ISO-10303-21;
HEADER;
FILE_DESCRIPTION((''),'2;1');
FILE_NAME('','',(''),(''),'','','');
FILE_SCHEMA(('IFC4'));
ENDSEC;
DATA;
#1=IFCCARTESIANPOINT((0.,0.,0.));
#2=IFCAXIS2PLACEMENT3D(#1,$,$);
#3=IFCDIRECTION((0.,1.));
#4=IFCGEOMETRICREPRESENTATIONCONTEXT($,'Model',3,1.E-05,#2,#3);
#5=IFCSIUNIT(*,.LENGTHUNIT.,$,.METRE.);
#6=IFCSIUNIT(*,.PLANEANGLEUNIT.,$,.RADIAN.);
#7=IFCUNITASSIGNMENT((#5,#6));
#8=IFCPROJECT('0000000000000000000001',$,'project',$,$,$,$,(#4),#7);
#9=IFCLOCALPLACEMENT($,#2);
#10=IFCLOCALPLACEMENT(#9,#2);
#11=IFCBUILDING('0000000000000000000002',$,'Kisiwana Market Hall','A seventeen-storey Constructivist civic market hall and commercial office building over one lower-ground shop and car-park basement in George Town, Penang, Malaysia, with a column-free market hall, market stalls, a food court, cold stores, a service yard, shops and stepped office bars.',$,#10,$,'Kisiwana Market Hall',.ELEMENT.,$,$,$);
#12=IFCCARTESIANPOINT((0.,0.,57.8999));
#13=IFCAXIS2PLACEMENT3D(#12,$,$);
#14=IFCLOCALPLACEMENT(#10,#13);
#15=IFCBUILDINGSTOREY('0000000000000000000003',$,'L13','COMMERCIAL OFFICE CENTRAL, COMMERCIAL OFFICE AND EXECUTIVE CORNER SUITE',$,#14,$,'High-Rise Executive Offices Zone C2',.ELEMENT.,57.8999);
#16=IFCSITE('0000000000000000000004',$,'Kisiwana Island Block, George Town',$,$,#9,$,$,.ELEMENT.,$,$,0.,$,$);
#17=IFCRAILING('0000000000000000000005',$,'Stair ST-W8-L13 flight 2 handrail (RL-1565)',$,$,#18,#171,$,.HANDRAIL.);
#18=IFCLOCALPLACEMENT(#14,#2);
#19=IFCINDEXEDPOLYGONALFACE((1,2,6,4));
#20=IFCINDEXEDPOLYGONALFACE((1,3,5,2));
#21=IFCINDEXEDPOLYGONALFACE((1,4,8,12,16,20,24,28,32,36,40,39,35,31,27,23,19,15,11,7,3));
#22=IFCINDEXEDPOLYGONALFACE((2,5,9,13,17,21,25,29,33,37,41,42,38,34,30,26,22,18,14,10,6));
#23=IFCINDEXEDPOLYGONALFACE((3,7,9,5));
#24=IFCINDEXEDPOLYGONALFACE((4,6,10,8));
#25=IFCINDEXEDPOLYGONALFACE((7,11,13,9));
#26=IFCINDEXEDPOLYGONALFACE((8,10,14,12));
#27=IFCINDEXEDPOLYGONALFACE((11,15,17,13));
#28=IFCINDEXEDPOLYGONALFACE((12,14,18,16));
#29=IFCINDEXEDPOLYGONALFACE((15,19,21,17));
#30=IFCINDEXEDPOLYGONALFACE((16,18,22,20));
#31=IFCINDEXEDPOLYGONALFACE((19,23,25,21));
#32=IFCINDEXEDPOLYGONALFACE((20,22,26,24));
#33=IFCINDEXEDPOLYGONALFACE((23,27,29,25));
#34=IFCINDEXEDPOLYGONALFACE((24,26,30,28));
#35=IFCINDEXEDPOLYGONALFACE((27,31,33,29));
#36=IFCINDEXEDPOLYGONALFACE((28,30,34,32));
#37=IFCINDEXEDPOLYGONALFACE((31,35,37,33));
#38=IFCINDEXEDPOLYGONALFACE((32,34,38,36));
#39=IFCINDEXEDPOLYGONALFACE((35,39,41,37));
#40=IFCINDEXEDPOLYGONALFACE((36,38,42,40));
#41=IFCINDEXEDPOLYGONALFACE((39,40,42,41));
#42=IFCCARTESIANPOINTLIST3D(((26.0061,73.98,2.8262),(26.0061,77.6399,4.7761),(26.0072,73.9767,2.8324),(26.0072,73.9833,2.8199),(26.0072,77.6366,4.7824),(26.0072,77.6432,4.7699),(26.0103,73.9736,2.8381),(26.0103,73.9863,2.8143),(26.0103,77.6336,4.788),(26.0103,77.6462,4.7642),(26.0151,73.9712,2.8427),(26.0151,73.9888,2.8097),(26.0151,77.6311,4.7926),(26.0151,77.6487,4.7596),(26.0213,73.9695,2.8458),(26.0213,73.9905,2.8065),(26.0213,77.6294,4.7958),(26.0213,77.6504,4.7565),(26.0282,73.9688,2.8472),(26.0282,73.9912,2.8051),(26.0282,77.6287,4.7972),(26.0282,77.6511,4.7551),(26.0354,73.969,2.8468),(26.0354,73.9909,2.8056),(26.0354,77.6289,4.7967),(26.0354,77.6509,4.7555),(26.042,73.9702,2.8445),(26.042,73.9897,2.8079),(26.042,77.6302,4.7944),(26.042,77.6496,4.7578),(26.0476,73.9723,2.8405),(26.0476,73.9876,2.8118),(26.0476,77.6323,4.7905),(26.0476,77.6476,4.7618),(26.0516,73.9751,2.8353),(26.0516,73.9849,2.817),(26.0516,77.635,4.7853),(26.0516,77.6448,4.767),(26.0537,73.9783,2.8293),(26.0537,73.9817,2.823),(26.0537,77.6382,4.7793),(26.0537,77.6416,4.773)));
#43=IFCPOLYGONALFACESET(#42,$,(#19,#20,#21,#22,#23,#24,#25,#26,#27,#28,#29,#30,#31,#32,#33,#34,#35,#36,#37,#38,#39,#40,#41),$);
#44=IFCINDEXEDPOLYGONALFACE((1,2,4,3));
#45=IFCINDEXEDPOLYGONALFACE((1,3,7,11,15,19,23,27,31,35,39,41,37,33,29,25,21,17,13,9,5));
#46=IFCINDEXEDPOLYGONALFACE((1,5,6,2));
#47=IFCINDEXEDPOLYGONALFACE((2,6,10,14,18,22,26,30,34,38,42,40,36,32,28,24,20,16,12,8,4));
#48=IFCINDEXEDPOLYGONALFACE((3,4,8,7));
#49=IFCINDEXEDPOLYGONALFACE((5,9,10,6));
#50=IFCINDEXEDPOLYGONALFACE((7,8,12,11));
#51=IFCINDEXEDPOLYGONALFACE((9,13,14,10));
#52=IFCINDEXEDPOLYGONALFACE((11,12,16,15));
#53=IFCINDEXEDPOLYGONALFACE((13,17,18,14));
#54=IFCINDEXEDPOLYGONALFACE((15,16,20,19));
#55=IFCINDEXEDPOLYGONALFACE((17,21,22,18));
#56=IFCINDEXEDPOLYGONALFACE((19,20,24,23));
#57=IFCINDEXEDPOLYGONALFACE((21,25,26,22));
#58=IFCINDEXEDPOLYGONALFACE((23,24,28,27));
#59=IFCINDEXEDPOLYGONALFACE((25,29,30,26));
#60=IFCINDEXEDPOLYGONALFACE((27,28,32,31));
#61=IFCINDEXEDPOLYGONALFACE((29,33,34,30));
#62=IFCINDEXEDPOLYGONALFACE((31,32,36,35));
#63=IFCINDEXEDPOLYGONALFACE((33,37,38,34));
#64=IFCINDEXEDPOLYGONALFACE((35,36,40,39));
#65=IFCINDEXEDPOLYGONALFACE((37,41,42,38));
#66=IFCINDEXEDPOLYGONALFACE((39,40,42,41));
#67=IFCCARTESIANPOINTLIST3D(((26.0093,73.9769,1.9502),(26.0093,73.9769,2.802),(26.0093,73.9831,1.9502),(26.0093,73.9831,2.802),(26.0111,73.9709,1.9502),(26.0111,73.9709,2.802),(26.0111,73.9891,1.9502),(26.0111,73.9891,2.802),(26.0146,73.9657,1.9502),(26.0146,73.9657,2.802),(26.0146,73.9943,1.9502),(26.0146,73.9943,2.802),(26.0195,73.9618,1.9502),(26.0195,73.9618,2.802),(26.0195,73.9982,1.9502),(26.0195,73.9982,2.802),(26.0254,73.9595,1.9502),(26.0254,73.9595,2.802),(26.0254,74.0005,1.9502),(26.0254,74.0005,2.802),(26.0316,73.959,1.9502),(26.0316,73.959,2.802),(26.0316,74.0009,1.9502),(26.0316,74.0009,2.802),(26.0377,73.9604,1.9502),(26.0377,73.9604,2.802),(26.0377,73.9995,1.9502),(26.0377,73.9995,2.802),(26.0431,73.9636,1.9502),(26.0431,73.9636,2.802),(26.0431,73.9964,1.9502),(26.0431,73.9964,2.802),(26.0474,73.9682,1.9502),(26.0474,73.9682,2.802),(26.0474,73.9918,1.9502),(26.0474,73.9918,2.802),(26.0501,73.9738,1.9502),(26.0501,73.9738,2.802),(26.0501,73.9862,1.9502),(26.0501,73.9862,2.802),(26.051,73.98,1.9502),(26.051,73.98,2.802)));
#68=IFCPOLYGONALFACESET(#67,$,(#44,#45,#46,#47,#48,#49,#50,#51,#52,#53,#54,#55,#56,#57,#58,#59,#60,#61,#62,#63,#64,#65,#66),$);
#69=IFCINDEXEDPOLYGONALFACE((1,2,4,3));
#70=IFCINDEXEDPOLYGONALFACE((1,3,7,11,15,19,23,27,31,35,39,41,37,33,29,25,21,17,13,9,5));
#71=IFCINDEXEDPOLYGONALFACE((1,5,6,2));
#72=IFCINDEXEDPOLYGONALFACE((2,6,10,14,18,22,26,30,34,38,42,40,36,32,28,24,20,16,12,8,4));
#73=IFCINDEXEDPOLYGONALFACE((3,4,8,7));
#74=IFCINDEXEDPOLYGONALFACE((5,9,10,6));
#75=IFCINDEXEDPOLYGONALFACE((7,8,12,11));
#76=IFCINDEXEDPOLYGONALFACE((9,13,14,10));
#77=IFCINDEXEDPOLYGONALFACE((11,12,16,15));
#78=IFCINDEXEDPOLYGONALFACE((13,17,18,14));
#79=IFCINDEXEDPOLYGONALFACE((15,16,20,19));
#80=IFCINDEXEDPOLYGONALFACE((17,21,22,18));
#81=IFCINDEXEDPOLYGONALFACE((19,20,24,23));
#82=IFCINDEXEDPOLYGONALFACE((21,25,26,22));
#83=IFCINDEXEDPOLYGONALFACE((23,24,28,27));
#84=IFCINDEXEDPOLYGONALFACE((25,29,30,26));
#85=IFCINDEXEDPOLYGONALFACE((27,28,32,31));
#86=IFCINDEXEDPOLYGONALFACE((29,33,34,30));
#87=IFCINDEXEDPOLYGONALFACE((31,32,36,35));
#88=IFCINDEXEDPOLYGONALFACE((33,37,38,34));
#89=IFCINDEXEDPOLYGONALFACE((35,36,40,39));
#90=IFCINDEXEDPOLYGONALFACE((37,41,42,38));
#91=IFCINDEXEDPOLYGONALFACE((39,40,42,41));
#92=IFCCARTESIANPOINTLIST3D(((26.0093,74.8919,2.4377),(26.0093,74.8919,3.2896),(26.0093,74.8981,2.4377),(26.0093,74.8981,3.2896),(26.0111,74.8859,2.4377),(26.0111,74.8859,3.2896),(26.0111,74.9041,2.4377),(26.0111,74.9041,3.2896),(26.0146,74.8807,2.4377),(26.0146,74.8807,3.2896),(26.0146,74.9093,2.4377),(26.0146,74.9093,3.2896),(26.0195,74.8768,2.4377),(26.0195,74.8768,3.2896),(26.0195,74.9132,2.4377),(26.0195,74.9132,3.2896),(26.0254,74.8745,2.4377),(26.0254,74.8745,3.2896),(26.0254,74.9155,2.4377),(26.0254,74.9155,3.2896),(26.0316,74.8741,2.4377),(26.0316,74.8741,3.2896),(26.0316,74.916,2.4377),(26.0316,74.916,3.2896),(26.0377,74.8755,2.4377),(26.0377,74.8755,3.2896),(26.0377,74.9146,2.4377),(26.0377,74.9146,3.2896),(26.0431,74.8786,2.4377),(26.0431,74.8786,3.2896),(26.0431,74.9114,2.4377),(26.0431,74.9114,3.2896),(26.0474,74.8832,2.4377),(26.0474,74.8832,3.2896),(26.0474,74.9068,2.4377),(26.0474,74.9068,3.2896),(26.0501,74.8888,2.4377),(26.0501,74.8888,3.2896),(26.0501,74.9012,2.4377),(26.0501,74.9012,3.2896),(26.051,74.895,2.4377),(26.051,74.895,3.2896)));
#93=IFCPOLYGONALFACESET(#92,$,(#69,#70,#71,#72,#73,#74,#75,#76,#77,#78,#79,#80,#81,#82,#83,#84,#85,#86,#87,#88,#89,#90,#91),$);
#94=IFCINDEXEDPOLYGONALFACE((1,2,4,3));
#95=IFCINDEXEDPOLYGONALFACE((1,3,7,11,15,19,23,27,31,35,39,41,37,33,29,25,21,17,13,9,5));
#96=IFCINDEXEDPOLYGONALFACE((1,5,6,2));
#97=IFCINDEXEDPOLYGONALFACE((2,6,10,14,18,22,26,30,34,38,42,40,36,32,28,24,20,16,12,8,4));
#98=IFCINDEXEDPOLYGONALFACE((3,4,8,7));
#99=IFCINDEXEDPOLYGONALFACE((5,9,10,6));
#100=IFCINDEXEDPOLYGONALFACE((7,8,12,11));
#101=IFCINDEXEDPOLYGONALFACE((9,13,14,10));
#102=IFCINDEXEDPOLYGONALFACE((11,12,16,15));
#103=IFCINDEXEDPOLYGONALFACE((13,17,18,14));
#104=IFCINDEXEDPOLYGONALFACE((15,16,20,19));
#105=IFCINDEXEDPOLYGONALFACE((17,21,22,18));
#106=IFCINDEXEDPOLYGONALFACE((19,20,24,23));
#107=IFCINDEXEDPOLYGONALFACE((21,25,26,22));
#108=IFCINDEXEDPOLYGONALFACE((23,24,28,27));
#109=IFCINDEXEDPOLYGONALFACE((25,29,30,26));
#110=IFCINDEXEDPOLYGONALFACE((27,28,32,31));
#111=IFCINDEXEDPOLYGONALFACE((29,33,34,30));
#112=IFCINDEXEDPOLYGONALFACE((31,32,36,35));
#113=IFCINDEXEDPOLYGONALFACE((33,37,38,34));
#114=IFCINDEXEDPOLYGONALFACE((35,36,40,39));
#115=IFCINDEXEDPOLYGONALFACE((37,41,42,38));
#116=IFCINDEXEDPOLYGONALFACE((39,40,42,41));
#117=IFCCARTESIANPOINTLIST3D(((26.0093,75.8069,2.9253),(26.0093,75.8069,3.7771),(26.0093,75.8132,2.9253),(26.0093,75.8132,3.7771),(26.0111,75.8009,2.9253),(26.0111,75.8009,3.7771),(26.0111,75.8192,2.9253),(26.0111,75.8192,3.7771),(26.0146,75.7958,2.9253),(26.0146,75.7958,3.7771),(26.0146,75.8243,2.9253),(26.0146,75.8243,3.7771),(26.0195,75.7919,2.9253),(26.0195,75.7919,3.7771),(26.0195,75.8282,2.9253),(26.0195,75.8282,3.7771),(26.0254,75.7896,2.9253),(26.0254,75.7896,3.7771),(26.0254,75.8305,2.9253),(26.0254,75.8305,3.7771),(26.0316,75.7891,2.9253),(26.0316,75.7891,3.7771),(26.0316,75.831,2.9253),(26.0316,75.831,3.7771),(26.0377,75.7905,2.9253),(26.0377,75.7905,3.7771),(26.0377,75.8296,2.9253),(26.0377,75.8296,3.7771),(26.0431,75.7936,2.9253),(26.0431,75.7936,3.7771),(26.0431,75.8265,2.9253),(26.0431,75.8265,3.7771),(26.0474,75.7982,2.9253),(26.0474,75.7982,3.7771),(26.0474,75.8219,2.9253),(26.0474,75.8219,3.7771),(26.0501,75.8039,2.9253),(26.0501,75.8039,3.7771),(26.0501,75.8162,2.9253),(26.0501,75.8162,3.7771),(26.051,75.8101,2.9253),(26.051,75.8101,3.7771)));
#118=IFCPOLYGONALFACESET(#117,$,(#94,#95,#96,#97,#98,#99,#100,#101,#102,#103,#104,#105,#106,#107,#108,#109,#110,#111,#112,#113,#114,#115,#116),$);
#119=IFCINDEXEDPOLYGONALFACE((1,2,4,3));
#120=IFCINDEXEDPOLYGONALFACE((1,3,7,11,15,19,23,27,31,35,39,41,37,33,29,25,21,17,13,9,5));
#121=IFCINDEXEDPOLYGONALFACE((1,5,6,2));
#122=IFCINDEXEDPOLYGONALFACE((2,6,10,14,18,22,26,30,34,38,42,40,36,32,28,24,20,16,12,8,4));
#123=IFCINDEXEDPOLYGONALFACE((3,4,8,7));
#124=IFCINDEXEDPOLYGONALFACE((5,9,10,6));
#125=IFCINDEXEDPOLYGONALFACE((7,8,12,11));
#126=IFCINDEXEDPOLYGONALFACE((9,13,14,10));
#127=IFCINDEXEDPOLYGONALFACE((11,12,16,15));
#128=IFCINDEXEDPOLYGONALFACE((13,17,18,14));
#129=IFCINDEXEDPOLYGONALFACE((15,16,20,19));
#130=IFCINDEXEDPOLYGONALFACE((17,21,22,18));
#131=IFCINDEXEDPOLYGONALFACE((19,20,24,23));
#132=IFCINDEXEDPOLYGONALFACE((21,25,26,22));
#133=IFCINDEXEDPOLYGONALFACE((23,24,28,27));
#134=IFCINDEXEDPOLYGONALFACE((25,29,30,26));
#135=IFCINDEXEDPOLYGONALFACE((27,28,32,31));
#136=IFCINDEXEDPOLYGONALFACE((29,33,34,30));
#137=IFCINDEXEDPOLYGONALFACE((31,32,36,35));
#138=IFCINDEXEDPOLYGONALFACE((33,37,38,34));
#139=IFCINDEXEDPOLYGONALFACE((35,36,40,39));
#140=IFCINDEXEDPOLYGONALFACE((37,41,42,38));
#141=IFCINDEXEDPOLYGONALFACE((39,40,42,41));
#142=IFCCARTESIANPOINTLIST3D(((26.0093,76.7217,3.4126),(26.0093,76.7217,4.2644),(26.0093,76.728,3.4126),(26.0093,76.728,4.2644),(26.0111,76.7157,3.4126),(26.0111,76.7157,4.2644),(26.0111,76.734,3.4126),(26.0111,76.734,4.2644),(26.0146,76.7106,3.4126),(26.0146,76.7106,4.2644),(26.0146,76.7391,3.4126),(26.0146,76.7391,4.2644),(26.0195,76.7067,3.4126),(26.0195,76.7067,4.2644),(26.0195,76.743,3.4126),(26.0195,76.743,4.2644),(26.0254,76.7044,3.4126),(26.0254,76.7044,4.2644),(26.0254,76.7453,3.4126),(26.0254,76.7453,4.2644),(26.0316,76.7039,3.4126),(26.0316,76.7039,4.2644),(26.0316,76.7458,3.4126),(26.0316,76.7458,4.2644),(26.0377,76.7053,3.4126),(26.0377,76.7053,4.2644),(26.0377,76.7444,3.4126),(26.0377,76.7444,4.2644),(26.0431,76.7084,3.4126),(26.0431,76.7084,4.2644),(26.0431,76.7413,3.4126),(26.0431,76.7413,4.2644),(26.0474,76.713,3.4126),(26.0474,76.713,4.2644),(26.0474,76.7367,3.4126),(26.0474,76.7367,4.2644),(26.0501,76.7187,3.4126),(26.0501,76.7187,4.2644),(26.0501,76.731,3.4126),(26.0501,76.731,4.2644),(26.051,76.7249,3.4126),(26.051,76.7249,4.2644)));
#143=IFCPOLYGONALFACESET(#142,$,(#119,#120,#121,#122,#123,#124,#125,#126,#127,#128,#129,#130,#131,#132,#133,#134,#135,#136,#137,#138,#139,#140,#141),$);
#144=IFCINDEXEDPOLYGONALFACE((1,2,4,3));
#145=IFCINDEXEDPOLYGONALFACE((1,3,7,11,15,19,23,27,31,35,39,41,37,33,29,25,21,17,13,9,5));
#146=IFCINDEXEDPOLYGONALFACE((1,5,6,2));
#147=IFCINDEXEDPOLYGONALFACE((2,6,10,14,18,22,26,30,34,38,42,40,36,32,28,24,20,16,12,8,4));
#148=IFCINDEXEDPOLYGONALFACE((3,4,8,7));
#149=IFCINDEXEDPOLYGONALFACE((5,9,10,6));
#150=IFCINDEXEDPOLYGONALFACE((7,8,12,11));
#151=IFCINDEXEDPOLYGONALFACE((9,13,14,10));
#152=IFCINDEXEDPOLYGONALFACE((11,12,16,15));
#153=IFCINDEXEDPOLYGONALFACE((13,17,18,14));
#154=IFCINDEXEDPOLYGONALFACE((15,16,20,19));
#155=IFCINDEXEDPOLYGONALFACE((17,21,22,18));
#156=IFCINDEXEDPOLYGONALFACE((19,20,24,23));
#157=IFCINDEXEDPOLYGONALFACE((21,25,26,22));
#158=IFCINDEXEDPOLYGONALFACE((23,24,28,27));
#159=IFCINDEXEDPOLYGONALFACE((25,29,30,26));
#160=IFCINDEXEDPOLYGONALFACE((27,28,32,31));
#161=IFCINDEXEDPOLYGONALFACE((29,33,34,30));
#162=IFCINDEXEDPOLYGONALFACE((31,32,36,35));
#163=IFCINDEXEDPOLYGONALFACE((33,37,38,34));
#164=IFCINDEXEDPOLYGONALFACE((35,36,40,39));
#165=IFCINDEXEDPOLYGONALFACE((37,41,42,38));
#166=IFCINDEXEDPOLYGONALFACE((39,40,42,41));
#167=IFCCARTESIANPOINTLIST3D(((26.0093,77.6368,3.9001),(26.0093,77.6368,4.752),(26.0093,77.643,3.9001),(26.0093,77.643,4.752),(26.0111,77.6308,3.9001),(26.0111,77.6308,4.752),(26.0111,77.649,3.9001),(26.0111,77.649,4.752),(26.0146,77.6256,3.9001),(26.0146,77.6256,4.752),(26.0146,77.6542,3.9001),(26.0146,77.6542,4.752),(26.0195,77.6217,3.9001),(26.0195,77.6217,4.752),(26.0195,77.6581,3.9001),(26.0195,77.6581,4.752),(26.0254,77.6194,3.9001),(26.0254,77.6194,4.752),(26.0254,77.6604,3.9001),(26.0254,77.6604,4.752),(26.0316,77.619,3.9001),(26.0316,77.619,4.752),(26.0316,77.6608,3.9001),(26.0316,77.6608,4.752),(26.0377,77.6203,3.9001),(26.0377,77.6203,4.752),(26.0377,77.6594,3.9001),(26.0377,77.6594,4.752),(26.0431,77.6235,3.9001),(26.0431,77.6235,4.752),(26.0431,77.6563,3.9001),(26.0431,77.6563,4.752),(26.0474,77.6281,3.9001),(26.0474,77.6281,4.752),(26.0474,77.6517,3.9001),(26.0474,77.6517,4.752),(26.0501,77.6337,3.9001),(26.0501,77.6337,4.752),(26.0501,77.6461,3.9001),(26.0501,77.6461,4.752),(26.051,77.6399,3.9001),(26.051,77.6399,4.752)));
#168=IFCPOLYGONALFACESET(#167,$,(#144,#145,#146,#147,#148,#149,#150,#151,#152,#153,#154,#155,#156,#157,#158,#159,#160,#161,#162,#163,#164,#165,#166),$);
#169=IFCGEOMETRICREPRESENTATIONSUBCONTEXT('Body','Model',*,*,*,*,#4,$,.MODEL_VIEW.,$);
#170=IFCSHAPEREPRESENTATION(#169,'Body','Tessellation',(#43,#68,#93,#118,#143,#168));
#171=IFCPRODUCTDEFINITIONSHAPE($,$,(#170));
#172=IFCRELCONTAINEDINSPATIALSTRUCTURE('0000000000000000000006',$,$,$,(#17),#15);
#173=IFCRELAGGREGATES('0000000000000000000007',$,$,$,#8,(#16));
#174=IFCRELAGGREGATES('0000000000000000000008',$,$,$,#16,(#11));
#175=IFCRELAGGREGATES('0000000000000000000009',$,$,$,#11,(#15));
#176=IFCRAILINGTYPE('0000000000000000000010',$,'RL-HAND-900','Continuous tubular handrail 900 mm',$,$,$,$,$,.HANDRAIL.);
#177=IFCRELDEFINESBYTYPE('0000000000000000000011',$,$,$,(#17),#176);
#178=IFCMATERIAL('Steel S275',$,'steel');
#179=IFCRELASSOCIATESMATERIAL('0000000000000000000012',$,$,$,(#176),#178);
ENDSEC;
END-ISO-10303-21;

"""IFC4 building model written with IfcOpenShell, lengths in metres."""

from ifc_helpers import new_model, si_unit, direction, frame, origin, origin_2d, place, context, subcontext, project, spatial, circle, extrude, material, type_object, element, save


model = new_model("IFC4")

# Units and contexts
model_context = context("Model", 3, precision=1e-05, world=origin(), true_north=direction((0.0, 1.0)))
body_context = subcontext(model_context, "Body", "Model", "MODEL_VIEW")
ifc_project = project(units=[si_unit("LENGTHUNIT", "METRE"), si_unit("PLANEANGLEUNIT", "RADIAN")], contexts=[model_context])

# Site, building, storey
site_placement = place(None, origin())
site = spatial("IfcSite", under=ifc_project, at=site_placement, Name="Kisiwana Island Block, George Town", CompositionType="ELEMENT", RefElevation=0.0)
building_placement = place(site_placement, origin())
building = spatial("IfcBuilding", under=site, at=building_placement, Name="Kisiwana Market Hall", Description="A seventeen-storey Constructivist civic market hall and commercial office building over one lower-ground shop and car-park basement in George Town, Penang, Malaysia, with a column-free market hall, market stalls, a food court, cold stores, a service yard, shops and stepped office bars.", LongName="Kisiwana Market Hall", CompositionType="ELEMENT")
storey_placement = place(building_placement, frame((0.0, 0.0, 57.8999)))
storey = spatial("IfcBuildingStorey", under=building, at=storey_placement, Name="L13", Description="COMMERCIAL OFFICE CENTRAL, COMMERCIAL OFFICE AND EXECUTIVE CORNER SUITE", LongName="High-Rise Executive Offices Zone C2", CompositionType="ELEMENT", Elevation=57.8999)

# Railing
ifc_material_1 = material(Name="Steel S275", Category="steel")
railing_type_1 = type_object("IfcRailingType", Name="RL-HAND-900", Description="Continuous tubular handrail 900 mm", PredefinedType="HANDRAIL", material=ifc_material_1)
for number, where, name in (
    (1, (26.03, 73.98, 1.9502), "Stair ST-W8-L13 flight 2 handrail (RL-1565)"),
):
    element("IfcRailing", number, at=place(storey_placement, frame(where)), inside=storey, type_object=railing_type_1, Name=name, PredefinedType="HANDRAIL", context=body_context, shape_type="SweptSolid", body=[
        extrude(circle(Radius=0.0239, at=origin_2d()), frame((0.0, 0.0, 0.876), z_axis=(0.0, 0.882553, 0.470212), x_axis=(-1.0, 0.0, 0.0)), (0.0, 0.0, 1.0), 4.147),
        extrude(circle(Radius=0.021, at=origin_2d()), origin(), (0.0, 0.0, 1.0), 0.8518),
        extrude(circle(Radius=0.021, at=origin_2d()), frame((0.0, 0.915, 0.4875)), (0.0, 0.0, 1.0), 0.8518),
        extrude(circle(Radius=0.021, at=origin_2d()), frame((0.0, 1.8301, 0.9751)), (0.0, 0.0, 1.0), 0.8518),
        extrude(circle(Radius=0.021, at=origin_2d()), frame((0.0, 2.7449, 1.4624)), (0.0, 0.0, 1.0), 0.8518),
        extrude(circle(Radius=0.021, at=origin_2d()), frame((0.0, 3.6599, 1.95)), (0.0, 0.0, 1.0), 0.8518),
    ])

save(model, "model.ifc")
